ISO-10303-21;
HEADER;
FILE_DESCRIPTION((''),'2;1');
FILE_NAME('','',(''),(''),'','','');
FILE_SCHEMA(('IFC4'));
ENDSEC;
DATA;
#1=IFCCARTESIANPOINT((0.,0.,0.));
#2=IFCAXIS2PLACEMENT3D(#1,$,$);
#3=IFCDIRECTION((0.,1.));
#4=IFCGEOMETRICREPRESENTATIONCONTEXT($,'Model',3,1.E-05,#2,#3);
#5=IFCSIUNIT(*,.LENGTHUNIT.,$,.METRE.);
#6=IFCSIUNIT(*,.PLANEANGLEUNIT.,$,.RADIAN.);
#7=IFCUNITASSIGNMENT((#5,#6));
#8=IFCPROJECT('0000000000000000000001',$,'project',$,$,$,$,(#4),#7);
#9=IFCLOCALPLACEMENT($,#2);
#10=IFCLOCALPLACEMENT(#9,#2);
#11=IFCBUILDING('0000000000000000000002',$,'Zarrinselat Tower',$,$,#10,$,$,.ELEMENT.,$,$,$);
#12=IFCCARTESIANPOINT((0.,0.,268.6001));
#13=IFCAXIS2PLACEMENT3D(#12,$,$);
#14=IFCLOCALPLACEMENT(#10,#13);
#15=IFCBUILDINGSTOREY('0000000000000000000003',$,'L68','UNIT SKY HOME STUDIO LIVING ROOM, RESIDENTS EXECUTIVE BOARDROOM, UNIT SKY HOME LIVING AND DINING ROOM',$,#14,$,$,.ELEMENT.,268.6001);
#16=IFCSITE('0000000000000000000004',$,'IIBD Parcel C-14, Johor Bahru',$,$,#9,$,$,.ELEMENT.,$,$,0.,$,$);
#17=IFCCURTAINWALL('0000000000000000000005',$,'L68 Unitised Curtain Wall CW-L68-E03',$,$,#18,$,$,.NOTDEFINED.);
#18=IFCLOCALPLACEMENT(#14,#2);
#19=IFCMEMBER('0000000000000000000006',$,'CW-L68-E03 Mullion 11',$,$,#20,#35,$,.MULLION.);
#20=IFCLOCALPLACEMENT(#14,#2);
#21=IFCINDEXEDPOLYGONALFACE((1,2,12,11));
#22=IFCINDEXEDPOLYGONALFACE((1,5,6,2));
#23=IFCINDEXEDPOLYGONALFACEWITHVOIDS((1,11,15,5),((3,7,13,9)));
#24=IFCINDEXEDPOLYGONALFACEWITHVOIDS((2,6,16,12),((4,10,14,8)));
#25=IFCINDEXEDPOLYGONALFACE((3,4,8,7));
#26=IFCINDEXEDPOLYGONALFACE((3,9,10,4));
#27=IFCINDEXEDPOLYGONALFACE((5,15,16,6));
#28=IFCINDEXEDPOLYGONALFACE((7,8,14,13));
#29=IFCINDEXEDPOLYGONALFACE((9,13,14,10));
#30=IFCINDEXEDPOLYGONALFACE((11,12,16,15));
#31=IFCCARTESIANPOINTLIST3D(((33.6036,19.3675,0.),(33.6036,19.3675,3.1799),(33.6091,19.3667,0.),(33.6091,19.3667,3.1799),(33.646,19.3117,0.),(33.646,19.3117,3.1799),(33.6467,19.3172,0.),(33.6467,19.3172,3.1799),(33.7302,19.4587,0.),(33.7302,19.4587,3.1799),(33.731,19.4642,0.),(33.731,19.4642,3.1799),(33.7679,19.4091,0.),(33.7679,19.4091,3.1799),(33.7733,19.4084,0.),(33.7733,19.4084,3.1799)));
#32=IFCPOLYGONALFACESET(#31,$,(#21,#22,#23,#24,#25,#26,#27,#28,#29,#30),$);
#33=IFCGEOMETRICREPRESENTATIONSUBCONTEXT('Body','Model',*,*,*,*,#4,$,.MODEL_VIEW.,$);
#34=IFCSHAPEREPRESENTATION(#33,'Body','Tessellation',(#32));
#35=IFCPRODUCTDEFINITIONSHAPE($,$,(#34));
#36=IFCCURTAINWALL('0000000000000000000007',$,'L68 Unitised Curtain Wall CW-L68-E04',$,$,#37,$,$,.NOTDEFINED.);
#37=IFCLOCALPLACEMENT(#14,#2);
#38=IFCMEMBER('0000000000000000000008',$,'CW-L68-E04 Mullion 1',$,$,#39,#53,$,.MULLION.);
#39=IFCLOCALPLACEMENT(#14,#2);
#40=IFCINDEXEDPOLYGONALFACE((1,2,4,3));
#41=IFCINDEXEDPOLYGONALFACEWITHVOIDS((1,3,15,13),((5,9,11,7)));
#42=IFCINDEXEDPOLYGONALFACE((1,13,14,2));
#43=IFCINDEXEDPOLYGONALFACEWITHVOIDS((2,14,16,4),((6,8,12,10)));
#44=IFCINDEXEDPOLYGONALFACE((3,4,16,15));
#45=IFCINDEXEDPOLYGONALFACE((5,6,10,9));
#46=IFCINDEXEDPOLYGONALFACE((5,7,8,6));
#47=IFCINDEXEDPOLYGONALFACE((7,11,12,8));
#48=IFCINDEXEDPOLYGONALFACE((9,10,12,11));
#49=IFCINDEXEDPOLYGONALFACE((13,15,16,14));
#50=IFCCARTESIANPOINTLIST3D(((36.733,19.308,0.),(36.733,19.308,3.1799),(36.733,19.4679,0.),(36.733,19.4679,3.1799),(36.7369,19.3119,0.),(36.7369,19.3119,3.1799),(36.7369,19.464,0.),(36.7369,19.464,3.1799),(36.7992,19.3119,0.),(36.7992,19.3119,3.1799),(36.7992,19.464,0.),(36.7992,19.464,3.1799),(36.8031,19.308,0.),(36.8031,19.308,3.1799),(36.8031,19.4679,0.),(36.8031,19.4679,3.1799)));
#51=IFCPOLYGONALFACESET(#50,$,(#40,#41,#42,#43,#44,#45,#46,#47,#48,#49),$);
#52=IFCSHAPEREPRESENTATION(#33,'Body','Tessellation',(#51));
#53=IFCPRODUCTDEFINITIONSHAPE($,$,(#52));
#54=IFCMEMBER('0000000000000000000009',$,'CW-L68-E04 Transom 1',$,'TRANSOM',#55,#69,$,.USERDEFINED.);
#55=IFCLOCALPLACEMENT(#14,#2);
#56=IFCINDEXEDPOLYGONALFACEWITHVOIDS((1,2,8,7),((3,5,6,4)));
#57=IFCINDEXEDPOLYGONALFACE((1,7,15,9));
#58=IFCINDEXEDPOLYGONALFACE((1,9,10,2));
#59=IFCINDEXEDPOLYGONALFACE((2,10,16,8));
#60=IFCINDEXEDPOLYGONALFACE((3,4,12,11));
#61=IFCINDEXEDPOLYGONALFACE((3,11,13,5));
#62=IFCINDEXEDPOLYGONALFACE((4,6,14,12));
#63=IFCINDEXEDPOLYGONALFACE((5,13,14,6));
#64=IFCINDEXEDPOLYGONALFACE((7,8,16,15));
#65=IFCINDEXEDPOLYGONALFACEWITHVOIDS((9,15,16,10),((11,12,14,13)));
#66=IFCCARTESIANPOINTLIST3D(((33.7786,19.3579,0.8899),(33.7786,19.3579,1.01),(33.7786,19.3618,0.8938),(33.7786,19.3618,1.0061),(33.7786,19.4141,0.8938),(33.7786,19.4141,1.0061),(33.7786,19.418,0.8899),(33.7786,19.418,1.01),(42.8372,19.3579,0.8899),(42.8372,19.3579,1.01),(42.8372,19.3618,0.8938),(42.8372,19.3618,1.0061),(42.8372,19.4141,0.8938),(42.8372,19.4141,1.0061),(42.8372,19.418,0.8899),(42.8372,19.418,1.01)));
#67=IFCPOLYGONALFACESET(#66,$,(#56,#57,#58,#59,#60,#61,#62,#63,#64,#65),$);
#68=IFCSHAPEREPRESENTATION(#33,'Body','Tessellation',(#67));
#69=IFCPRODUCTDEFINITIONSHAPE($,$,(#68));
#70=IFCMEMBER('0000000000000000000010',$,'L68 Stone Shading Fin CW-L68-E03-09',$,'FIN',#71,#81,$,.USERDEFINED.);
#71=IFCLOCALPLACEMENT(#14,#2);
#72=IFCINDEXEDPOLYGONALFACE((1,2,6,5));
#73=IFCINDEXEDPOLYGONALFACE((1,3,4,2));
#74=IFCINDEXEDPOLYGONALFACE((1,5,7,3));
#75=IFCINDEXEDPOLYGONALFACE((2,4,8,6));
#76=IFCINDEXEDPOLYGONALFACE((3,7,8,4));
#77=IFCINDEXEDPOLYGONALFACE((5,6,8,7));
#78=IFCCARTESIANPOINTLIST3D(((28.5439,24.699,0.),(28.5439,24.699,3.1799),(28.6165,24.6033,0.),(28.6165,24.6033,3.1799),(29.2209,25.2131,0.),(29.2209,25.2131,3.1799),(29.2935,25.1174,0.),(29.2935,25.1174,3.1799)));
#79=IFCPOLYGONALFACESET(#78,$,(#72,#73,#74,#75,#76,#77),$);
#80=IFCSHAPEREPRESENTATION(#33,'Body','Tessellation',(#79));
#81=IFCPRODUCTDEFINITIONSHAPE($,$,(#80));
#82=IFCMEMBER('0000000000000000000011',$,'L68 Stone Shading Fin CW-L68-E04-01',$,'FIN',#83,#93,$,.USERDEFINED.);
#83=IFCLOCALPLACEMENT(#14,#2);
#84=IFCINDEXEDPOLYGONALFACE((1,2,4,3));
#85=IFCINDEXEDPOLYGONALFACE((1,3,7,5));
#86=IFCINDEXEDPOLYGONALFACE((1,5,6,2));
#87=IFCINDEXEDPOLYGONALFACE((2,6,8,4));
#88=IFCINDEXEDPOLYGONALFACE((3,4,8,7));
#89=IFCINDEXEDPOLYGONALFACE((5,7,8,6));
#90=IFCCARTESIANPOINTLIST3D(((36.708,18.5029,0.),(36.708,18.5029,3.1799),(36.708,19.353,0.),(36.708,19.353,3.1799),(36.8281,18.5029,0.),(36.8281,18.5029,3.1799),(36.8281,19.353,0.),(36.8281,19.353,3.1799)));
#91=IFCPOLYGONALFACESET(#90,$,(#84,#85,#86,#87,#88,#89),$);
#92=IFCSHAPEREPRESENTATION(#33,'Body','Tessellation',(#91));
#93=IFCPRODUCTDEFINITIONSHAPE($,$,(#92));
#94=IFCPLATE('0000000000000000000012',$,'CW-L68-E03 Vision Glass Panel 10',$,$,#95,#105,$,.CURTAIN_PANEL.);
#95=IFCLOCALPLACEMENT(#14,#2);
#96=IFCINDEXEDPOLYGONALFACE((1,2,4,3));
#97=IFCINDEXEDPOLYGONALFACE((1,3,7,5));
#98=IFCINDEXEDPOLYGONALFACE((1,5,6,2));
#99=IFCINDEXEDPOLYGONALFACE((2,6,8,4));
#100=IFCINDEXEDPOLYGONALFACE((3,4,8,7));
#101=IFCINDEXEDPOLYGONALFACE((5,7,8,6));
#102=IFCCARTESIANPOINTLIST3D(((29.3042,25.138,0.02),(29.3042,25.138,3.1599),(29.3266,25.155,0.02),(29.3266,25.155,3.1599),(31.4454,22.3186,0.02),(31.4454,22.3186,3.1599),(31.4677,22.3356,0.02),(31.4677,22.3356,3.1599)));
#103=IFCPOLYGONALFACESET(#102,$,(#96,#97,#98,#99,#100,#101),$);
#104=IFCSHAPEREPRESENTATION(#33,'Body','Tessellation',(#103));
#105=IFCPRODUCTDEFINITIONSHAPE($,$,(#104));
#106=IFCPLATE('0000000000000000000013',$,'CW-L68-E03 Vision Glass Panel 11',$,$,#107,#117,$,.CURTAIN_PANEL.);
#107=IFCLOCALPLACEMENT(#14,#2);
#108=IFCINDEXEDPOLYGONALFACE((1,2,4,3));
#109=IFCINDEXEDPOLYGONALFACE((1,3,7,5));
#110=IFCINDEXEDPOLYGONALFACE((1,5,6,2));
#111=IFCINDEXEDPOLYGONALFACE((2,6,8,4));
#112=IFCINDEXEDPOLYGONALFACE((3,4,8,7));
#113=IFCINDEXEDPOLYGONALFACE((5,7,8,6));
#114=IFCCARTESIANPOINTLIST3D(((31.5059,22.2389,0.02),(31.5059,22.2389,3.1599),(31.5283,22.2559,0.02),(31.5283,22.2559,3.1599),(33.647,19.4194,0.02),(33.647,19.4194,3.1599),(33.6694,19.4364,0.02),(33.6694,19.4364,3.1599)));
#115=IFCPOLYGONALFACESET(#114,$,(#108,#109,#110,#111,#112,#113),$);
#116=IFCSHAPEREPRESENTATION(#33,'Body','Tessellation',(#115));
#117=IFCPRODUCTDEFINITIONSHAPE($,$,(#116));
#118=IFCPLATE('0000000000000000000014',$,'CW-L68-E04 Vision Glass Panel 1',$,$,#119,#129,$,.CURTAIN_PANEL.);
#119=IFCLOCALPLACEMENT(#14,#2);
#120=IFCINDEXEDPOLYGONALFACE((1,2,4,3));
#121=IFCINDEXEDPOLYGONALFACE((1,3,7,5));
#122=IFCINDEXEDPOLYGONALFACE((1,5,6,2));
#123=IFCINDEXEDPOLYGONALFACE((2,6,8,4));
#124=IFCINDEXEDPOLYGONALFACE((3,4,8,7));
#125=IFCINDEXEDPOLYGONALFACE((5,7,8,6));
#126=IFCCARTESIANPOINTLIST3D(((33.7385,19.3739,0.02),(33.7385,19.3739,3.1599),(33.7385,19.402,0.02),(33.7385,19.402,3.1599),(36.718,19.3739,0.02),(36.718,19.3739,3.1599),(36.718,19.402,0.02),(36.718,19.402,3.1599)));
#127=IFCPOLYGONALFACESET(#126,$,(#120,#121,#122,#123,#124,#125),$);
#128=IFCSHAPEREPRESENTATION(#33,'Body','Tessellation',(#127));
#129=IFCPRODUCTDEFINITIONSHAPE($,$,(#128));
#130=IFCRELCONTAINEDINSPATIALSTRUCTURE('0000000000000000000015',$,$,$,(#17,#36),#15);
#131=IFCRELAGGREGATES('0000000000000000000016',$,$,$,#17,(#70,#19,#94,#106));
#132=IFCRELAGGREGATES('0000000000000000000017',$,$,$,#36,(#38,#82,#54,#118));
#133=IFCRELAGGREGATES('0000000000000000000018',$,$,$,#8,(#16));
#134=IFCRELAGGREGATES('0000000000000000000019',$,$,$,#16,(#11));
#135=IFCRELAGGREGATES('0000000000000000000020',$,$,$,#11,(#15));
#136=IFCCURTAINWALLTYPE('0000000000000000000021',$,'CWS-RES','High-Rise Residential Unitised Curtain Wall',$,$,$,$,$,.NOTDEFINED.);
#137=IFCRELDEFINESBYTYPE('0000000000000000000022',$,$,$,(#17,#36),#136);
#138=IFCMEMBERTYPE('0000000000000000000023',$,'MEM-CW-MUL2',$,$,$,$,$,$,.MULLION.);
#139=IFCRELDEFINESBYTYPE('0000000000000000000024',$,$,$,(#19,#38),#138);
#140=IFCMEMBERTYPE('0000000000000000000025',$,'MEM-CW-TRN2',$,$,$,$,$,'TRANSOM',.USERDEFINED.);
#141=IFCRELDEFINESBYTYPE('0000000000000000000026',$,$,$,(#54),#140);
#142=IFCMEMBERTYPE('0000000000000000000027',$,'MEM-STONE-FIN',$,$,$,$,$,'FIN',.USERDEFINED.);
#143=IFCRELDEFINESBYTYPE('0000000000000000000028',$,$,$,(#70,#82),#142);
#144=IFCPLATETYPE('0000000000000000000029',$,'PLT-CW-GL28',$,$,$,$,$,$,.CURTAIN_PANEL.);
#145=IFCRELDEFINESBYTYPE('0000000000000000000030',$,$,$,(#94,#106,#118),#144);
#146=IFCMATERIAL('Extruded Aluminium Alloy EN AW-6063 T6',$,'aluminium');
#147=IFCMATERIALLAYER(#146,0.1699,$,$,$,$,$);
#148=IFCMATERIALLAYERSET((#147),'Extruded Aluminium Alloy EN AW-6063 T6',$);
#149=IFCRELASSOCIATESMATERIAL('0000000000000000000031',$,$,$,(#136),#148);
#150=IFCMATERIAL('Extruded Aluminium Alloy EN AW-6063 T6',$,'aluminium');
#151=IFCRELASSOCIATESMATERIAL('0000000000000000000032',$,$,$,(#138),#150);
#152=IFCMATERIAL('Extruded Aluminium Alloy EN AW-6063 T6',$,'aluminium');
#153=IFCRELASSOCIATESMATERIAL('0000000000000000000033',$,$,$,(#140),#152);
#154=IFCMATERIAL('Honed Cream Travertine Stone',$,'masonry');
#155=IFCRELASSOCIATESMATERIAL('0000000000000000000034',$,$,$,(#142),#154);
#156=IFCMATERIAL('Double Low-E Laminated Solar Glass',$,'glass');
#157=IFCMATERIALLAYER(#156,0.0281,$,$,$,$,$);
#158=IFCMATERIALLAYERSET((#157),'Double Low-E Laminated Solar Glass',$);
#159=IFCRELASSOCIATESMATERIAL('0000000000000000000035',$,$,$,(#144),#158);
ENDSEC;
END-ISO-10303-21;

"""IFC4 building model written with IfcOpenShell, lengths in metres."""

from ifc_helpers import new_model, si_unit, direction, frame, origin, origin_2d, place, context, subcontext, project, spatial, rectangle, hollow_rectangle, extrude, material, layer, layer_set, material_profile, profile_set, type_object, element, aggregate, save


model = new_model("IFC4")

# Units and contexts
model_context = context("Model", 3, precision=1e-05, world=origin(), true_north=direction((0.0, 1.0)))
body_context = subcontext(model_context, "Body", "Model", "MODEL_VIEW")
ifc_project = project(units=[si_unit("LENGTHUNIT", "METRE"), si_unit("PLANEANGLEUNIT", "RADIAN")], contexts=[model_context])

# Site, building, storey
site_placement = place(None, origin())
site = spatial("IfcSite", under=ifc_project, at=site_placement, Name="IIBD Parcel C-14, Johor Bahru", CompositionType="ELEMENT", RefElevation=0.0)
building_placement = place(site_placement, origin())
building = spatial("IfcBuilding", under=site, at=building_placement, Name="Zarrinselat Tower", CompositionType="ELEMENT")
storey_placement = place(building_placement, frame((0.0, 0.0, 268.6001)))
storey = spatial("IfcBuildingStorey", under=building, at=storey_placement, Name="L68", Description="UNIT SKY HOME STUDIO LIVING ROOM, RESIDENTS EXECUTIVE BOARDROOM, UNIT SKY HOME LIVING AND DINING ROOM", CompositionType="ELEMENT", Elevation=268.6001)

# Curtain walls, members
ifc_material_1 = material(Name="Extruded Aluminium Alloy EN AW-6063 T6", Category="aluminium")
ifc_layer_1 = layer(ifc_material_1, 0.1699)
ifc_layer_set_1 = layer_set([ifc_layer_1], Name="Extruded Aluminium Alloy EN AW-6063 T6")
curtain_wall_type = type_object("IfcCurtainWallType", Name="CWS-RES", Description="High-Rise Residential Unitised Curtain Wall", PredefinedType="NOTDEFINED", material=ifc_layer_set_1)
curtain_wall_1_placement = place(storey_placement, origin())
curtain_wall_1 = element("IfcCurtainWall", 1, at=curtain_wall_1_placement, inside=storey, type_object=curtain_wall_type, Name="L68 Unitised Curtain Wall CW-L68-E03", PredefinedType="NOTDEFINED")
ifc_material_2 = material(Name="Extruded Aluminium Alloy EN AW-6063 T6", Category="aluminium")
ifc_material_profile_1 = material_profile(ifc_material_2, hollow_rectangle(XDim=0.0701, YDim=0.1599, WallThickness=0.0039, at=origin_2d()), Name="RHS 160x70x4")
ifc_profile_set_1 = profile_set([ifc_material_profile_1], Name="Extruded Aluminium Alloy EN AW-6063 T6")
member_type_1 = type_object("IfcMemberType", Name="MEM-CW-MUL2", PredefinedType="MULLION", material=ifc_profile_set_1)
member_1_placement = place(storey_placement, frame((33.6885, 19.3879, 0.0), z_axis=(0.0, 0.0, 1.0), x_axis=(0.604788, -0.796387, 0.0)))
member_1 = element("IfcMember", 2, at=member_1_placement, type_object=member_type_1, Name="CW-L68-E03 Mullion 11", PredefinedType="MULLION", context=body_context, shape_type="SweptSolid", body=[
    extrude(hollow_rectangle(XDim=0.0701, YDim=0.1599, WallThickness=0.0039, at=origin_2d()), origin(), (0.0, 0.0, 1.0), 3.1799),
])
curtain_wall_2_placement = place(storey_placement, origin())
curtain_wall_2 = element("IfcCurtainWall", 3, at=curtain_wall_2_placement, inside=storey, type_object=curtain_wall_type, Name="L68 Unitised Curtain Wall CW-L68-E04", PredefinedType="NOTDEFINED")
member_2_placement = place(storey_placement, frame((36.7681, 19.3879, 0.0), z_axis=(0.0, 0.0, 1.0), x_axis=(1.0, 0.0, 0.0)))
member_2 = element("IfcMember", 4, at=member_2_placement, type_object=member_type_1, Name="CW-L68-E04 Mullion 1", PredefinedType="MULLION", context=body_context, shape_type="SweptSolid", body=[
    extrude(hollow_rectangle(XDim=0.0701, YDim=0.1599, WallThickness=0.0039, at=origin_2d()), origin(), (0.0, 0.0, 1.0), 3.1799),
])
ifc_material_3 = material(Name="Extruded Aluminium Alloy EN AW-6063 T6", Category="aluminium")
ifc_material_profile_2 = material_profile(ifc_material_3, hollow_rectangle(XDim=0.0601, YDim=0.1201, WallThickness=0.0039, at=origin_2d()), Name="RHS 120x60x4")
ifc_profile_set_2 = profile_set([ifc_material_profile_2], Name="Extruded Aluminium Alloy EN AW-6063 T6")
member_type_2 = type_object("IfcMemberType", Name="MEM-CW-TRN2", ElementType="TRANSOM", PredefinedType="USERDEFINED", material=ifc_profile_set_2)
member_3_placement = place(storey_placement, frame((33.7786, 19.3879, 0.95), z_axis=(1.0, 0.0, 0.0), x_axis=(0.0, 1.0, 0.0)))
member_3 = element("IfcMember", 5, at=member_3_placement, type_object=member_type_2, Name="CW-L68-E04 Transom 1", ObjectType="TRANSOM", PredefinedType="USERDEFINED", context=body_context, shape_type="SweptSolid", body=[
    extrude(hollow_rectangle(XDim=0.0601, YDim=0.1201, WallThickness=0.0039, at=origin_2d()), origin(), (0.0, 0.0, 1.0), 9.0586),
])

# Members
ifc_material_4 = material(Name="Honed Cream Travertine Stone", Category="masonry")
ifc_material_profile_3 = material_profile(ifc_material_4, rectangle(XDim=0.1201, YDim=0.8501, at=origin_2d()), Name="FIN 850x120")
ifc_profile_set_3 = profile_set([ifc_material_profile_3], Name="Honed Cream Travertine Stone")
member_type_3 = type_object("IfcMemberType", Name="MEM-STONE-FIN", ElementType="FIN", PredefinedType="USERDEFINED", material=ifc_profile_set_3)
member_4_placement = place(storey_placement, frame((28.9187, 24.9082, 0.0), z_axis=(0.0, 0.0, 1.0), x_axis=(-0.604788, 0.796387, 0.0)))
member_4 = element("IfcMember", 6, at=member_4_placement, type_object=member_type_3, Name="L68 Stone Shading Fin CW-L68-E03-09", ObjectType="FIN", PredefinedType="USERDEFINED", context=body_context, shape_type="SweptSolid", body=[
    extrude(rectangle(XDim=0.1201, YDim=0.8501, at=origin_2d()), origin(), (0.0, 0.0, 1.0), 3.1799),
])
member_5_placement = place(storey_placement, frame((36.7681, 18.928, 0.0), z_axis=(0.0, 0.0, 1.0), x_axis=(-1.0, 0.0, 0.0)))
member_5 = element("IfcMember", 7, at=member_5_placement, type_object=member_type_3, Name="L68 Stone Shading Fin CW-L68-E04-01", ObjectType="FIN", PredefinedType="USERDEFINED", context=body_context, shape_type="SweptSolid", body=[
    extrude(rectangle(XDim=0.1201, YDim=0.8501, at=origin_2d()), origin(), (0.0, 0.0, 1.0), 3.1799),
])

# Plates
ifc_material_5 = material(Name="Double Low-E Laminated Solar Glass", Category="glass")
ifc_layer_2 = layer(ifc_material_5, 0.0281)
ifc_layer_set_2 = layer_set([ifc_layer_2], Name="Double Low-E Laminated Solar Glass")
plate_type = type_object("IfcPlateType", Name="PLT-CW-GL28", PredefinedType="CURTAIN_PANEL", material=ifc_layer_set_2)
plate_1_placement = place(storey_placement, frame((30.386, 23.7368, 0.02), z_axis=(0.0, 0.0, 1.0), x_axis=(0.604788, -0.796387, 0.0)))
plate_1 = element("IfcPlate", 8, at=plate_1_placement, type_object=plate_type, Name="CW-L68-E03 Vision Glass Panel 10", PredefinedType="CURTAIN_PANEL", context=body_context, shape_type="SweptSolid", body=[
    extrude(rectangle(XDim=3.5403, YDim=0.0281, at=origin_2d()), origin(), (0.0, 0.0, 1.0), 3.1399),
])
plate_2_placement = place(storey_placement, frame((32.5876, 20.8376, 0.02), z_axis=(0.0, 0.0, 1.0), x_axis=(0.604788, -0.796387, 0.0)))
plate_2 = element("IfcPlate", 9, at=plate_2_placement, type_object=plate_type, Name="CW-L68-E03 Vision Glass Panel 11", PredefinedType="CURTAIN_PANEL", context=body_context, shape_type="SweptSolid", body=[
    extrude(rectangle(XDim=3.5403, YDim=0.0281, at=origin_2d()), origin(), (0.0, 0.0, 1.0), 3.1399),
])
aggregate(curtain_wall_1, [member_4, member_1, plate_1, plate_2])
plate_3_placement = place(storey_placement, frame((35.2283, 19.3879, 0.02), z_axis=(0.0, 0.0, 1.0), x_axis=(1.0, 0.0, 0.0)))
plate_3 = element("IfcPlate", 10, at=plate_3_placement, type_object=plate_type, Name="CW-L68-E04 Vision Glass Panel 1", PredefinedType="CURTAIN_PANEL", context=body_context, shape_type="SweptSolid", body=[
    extrude(rectangle(XDim=2.9795, YDim=0.0281, at=origin_2d()), origin(), (0.0, 0.0, 1.0), 3.1399),
])
aggregate(curtain_wall_2, [member_2, member_5, member_3, plate_3])

save(model, "model.ifc")
